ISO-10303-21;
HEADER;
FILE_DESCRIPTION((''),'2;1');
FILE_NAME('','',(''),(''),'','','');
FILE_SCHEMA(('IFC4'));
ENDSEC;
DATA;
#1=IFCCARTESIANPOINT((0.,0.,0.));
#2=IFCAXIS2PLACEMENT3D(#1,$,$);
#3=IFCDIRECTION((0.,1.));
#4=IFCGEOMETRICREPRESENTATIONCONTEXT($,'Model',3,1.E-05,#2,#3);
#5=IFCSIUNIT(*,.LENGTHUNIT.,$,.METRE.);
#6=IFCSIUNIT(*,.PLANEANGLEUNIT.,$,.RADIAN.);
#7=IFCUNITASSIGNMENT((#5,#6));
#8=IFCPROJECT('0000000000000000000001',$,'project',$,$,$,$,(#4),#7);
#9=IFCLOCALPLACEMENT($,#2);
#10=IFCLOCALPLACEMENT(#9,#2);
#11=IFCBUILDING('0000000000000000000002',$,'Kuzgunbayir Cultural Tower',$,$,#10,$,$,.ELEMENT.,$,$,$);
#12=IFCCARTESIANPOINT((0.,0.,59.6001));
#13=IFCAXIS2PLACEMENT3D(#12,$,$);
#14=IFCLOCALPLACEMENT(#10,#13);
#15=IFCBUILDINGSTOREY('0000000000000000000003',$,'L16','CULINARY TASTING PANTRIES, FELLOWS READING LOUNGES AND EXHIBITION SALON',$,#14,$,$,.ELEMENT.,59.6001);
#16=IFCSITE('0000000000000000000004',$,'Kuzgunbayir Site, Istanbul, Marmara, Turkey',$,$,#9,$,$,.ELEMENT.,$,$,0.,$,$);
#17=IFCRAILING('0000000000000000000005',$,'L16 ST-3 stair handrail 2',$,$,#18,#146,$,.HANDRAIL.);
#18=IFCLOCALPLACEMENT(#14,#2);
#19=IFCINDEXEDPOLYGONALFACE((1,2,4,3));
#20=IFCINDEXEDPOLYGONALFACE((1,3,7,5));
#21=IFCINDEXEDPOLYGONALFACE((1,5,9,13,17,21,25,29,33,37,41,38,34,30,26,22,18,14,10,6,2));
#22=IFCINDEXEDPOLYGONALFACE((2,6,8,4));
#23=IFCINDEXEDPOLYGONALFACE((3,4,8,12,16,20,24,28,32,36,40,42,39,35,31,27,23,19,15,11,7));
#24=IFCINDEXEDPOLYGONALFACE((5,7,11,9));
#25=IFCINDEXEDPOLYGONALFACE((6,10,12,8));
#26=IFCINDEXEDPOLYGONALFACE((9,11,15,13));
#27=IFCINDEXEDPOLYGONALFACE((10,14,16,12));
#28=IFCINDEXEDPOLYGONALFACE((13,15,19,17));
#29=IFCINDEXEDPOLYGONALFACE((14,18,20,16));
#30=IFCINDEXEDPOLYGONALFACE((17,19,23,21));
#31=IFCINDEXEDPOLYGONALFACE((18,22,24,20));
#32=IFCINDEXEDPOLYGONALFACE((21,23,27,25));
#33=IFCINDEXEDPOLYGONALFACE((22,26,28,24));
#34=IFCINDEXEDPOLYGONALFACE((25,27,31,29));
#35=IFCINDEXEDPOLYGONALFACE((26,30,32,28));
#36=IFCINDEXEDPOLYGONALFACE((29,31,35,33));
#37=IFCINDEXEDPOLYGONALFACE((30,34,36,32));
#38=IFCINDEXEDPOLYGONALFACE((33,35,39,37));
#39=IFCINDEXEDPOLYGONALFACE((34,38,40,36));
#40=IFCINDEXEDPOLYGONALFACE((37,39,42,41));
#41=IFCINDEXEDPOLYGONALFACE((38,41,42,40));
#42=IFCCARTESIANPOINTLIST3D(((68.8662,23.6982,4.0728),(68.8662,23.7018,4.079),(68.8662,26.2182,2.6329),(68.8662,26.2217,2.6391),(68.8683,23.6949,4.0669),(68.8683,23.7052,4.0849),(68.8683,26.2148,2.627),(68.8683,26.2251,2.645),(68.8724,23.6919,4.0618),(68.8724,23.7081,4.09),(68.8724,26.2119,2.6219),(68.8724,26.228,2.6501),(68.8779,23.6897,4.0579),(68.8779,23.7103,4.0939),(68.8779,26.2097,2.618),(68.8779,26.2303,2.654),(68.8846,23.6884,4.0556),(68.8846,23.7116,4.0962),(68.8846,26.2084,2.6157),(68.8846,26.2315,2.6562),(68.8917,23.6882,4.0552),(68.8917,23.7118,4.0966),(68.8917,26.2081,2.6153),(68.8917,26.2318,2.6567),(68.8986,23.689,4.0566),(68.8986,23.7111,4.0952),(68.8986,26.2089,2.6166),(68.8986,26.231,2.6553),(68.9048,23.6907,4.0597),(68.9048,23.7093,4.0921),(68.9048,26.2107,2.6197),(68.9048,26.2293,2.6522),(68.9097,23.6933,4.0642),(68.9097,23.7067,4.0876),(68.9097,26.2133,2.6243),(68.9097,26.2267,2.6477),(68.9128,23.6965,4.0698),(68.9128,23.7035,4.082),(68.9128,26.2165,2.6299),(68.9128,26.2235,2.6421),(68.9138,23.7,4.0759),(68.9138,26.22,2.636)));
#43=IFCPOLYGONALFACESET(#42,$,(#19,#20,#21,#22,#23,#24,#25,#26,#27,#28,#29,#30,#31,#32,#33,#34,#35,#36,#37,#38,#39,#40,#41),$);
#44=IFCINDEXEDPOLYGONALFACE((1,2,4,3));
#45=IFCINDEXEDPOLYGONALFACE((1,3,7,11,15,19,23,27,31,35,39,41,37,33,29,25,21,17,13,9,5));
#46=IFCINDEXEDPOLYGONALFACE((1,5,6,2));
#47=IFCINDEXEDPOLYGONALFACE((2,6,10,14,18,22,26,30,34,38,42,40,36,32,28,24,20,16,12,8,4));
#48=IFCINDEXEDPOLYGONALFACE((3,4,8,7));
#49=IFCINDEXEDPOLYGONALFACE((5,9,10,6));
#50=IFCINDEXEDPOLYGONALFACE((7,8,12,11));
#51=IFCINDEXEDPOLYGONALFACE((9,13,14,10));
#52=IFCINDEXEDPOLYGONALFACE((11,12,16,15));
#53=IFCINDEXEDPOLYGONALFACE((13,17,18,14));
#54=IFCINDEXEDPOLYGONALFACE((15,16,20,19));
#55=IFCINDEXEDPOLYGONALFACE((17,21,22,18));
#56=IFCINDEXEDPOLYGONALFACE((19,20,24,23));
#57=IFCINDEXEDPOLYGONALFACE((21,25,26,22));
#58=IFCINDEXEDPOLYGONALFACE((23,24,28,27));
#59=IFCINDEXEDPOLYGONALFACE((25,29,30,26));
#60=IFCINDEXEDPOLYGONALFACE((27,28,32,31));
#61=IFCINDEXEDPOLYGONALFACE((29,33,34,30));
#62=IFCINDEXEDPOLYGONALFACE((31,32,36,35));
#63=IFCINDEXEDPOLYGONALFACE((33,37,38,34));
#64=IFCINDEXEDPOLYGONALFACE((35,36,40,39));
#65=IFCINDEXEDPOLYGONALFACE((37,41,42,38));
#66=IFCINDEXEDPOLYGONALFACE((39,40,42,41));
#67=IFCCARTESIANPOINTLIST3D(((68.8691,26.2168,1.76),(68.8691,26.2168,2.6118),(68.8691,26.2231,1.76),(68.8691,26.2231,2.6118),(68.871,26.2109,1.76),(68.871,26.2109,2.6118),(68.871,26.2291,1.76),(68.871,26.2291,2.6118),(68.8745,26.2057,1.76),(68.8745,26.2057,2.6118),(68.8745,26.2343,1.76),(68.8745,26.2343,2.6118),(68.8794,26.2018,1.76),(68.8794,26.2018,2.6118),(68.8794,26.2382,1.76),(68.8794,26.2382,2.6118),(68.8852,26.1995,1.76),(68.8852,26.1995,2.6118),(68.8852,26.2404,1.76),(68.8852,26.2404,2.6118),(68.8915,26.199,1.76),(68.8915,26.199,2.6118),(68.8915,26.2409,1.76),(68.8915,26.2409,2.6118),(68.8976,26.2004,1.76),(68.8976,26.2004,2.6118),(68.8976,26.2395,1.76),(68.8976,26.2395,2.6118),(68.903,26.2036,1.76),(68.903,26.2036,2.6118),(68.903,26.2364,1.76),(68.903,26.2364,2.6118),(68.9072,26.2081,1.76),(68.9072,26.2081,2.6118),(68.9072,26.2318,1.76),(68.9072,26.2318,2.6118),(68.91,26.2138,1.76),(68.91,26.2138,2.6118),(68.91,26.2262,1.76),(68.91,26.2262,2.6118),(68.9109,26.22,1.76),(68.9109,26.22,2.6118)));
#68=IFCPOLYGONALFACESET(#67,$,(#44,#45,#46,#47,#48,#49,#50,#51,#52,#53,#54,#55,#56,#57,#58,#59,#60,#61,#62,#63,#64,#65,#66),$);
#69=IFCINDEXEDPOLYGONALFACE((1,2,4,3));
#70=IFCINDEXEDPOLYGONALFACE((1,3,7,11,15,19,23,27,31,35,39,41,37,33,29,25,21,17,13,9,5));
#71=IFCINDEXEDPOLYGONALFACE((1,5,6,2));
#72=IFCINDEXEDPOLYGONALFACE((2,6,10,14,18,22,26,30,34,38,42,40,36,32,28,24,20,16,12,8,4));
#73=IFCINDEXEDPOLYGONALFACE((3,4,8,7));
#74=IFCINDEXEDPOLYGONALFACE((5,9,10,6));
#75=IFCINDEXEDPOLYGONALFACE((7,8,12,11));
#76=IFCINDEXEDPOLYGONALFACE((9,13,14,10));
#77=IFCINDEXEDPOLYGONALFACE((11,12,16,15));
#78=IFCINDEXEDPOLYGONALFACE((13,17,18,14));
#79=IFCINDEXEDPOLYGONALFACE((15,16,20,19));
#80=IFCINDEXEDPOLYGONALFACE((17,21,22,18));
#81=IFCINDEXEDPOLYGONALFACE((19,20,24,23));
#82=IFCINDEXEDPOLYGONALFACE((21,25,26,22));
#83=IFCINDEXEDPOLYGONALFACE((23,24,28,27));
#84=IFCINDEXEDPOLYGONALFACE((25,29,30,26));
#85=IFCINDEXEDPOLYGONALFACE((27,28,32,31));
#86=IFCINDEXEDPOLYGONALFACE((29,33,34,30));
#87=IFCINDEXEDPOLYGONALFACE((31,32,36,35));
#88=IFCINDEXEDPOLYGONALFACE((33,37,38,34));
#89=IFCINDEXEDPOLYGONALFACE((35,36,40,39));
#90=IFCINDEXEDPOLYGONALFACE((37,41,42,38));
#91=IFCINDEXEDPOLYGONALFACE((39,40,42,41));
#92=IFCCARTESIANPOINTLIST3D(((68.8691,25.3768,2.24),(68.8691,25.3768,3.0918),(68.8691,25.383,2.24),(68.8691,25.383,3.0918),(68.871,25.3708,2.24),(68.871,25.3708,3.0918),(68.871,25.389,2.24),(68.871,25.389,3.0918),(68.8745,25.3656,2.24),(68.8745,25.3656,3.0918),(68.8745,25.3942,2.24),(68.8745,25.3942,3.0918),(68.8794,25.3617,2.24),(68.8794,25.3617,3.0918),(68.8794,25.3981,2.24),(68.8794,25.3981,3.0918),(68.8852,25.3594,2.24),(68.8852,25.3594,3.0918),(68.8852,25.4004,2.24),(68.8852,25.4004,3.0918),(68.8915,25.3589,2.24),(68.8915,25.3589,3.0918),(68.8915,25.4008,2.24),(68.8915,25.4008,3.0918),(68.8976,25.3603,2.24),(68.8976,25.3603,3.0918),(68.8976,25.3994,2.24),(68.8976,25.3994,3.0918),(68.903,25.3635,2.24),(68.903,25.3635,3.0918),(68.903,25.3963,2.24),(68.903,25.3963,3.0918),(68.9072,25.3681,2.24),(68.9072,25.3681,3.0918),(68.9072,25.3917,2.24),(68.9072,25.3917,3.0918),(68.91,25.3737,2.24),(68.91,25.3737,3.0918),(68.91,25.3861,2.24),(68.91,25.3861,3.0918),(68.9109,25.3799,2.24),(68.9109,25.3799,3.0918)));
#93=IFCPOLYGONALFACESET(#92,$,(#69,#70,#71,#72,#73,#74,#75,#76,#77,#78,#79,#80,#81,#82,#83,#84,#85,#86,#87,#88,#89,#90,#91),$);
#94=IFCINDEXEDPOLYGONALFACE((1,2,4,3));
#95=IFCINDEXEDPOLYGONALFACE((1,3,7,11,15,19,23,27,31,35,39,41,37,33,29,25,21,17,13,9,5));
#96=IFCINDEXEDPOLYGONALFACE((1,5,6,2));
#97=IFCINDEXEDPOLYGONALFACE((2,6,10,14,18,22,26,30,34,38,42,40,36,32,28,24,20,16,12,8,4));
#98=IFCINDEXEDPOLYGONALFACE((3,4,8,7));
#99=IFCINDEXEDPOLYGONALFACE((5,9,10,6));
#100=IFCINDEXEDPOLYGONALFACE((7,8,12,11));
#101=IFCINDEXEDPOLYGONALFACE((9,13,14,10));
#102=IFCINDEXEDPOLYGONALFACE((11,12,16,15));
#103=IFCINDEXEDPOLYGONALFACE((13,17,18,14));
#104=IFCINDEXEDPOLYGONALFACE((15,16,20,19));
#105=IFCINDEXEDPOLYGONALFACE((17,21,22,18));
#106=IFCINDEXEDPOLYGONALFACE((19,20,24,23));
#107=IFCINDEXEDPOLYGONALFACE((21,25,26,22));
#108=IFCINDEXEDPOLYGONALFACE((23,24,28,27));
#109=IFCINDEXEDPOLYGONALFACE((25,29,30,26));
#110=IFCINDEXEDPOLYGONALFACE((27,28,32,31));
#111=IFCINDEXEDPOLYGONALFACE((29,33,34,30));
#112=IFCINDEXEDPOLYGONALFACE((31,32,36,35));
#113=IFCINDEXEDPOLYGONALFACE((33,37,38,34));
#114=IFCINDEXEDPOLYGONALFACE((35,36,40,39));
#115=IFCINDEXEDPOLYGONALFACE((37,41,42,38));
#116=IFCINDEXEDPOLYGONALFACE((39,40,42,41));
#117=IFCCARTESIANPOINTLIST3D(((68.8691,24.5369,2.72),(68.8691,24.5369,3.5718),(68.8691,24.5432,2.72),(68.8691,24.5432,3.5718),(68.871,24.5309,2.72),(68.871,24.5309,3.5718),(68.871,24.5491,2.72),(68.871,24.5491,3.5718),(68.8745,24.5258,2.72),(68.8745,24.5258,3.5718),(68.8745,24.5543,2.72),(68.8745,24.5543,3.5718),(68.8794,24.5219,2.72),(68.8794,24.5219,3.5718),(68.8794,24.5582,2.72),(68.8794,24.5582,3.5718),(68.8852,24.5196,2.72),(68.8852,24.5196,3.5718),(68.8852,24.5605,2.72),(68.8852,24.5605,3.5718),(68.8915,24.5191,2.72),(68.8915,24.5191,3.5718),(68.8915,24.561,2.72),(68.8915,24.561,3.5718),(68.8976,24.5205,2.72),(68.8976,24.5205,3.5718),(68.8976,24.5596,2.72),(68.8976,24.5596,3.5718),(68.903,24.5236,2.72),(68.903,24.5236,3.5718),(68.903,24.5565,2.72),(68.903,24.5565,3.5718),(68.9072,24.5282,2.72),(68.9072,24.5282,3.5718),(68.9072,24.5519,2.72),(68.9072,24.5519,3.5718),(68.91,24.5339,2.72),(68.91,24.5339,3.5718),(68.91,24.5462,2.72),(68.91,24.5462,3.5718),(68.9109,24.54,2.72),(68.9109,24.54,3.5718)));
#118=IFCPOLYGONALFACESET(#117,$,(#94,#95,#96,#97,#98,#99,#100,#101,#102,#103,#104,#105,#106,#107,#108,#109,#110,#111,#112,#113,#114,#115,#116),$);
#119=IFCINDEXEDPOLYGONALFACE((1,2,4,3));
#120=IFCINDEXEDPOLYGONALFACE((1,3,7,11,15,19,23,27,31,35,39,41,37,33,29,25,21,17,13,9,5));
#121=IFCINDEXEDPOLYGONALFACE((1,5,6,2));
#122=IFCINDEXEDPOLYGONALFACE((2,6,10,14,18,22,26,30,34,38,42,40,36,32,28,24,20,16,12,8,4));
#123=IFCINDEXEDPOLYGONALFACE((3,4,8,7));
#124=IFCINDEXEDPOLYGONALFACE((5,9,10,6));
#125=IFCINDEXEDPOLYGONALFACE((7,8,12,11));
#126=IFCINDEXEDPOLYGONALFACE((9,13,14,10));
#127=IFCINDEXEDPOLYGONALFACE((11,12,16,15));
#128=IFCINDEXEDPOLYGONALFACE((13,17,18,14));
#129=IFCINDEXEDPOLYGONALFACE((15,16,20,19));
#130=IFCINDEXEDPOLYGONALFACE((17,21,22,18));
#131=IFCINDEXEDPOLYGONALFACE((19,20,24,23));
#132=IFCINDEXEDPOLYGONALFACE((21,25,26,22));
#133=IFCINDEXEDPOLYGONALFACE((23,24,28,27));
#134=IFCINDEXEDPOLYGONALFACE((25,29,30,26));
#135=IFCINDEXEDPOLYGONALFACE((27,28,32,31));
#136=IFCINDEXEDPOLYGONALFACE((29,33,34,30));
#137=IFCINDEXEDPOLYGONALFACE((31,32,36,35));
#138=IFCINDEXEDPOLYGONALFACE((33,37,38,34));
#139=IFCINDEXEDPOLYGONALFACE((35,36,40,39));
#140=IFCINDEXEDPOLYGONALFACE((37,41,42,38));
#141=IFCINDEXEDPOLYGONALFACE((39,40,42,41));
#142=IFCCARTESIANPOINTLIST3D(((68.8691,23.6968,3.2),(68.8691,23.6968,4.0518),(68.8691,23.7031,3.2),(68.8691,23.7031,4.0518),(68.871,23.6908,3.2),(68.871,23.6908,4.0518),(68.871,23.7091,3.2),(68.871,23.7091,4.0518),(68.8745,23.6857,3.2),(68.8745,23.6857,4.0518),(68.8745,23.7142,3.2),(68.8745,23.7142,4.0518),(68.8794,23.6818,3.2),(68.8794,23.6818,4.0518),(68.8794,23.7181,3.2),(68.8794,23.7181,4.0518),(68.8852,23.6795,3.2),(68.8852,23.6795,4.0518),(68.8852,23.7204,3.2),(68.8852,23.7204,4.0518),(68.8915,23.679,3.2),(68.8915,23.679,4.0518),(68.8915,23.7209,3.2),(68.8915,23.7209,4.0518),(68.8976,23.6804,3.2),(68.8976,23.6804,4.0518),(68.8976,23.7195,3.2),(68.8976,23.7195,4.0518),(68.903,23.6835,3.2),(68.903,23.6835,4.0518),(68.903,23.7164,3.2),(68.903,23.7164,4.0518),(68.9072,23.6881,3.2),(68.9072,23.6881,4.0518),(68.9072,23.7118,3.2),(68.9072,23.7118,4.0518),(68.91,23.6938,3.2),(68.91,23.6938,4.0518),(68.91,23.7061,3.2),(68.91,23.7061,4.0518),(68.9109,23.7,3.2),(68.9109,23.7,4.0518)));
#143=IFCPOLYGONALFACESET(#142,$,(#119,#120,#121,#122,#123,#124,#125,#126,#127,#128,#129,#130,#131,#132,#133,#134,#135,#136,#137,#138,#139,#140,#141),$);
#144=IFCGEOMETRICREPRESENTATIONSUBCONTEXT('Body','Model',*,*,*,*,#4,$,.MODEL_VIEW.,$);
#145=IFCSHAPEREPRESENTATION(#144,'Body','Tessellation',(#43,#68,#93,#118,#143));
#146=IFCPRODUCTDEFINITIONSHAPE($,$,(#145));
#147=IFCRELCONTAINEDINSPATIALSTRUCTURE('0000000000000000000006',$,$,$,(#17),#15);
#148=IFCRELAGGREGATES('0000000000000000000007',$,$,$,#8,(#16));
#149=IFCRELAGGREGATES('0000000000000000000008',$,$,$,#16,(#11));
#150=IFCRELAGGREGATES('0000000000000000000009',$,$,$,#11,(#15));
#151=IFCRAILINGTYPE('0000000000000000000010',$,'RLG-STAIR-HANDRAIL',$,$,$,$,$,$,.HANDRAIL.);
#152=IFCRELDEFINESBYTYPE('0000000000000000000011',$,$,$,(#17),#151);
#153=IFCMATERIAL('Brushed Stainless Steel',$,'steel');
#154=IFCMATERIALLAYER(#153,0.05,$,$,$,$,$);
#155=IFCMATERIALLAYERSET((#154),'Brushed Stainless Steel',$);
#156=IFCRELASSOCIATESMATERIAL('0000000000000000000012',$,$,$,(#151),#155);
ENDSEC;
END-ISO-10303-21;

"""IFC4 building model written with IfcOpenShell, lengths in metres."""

from ifc_helpers import new_model, si_unit, direction, frame, origin, origin_2d, place, context, subcontext, project, spatial, circle, extrude, material, layer, layer_set, type_object, element, save


model = new_model("IFC4")

# Units and contexts
model_context = context("Model", 3, precision=1e-05, world=origin(), true_north=direction((0.0, 1.0)))
body_context = subcontext(model_context, "Body", "Model", "MODEL_VIEW")
ifc_project = project(units=[si_unit("LENGTHUNIT", "METRE"), si_unit("PLANEANGLEUNIT", "RADIAN")], contexts=[model_context])

# Site, building, storey
site_placement = place(None, origin())
site = spatial("IfcSite", under=ifc_project, at=site_placement, Name="Kuzgunbayir Site, Istanbul, Marmara, Turkey", CompositionType="ELEMENT", RefElevation=0.0)
building_placement = place(site_placement, origin())
building = spatial("IfcBuilding", under=site, at=building_placement, Name="Kuzgunbayir Cultural Tower", CompositionType="ELEMENT")
storey_placement = place(building_placement, frame((0.0, 0.0, 59.6001)))
storey = spatial("IfcBuildingStorey", under=building, at=storey_placement, Name="L16", Description="CULINARY TASTING PANTRIES, FELLOWS READING LOUNGES AND EXHIBITION SALON", CompositionType="ELEMENT", Elevation=59.6001)

# Railing
ifc_material_1 = material(Name="Brushed Stainless Steel", Category="steel")
ifc_layer_1 = layer(ifc_material_1, 0.05)
ifc_layer_set_1 = layer_set([ifc_layer_1], Name="Brushed Stainless Steel")
railing_type_1 = type_object("IfcRailingType", Name="RLG-STAIR-HANDRAIL", PredefinedType="HANDRAIL", material=ifc_layer_set_1)
railing_1_placement = place(storey_placement, frame((68.8899, 26.22, 1.76)))
element("IfcRailing", 1, at=railing_1_placement, inside=storey, type_object=railing_type_1, Name="L16 ST-3 stair handrail 2", PredefinedType="HANDRAIL", context=body_context, shape_type="SweptSolid", body=[
    extrude(circle(Radius=0.0239, at=origin_2d()), frame((0.0, 0.0, 0.876), z_axis=(0.0, -0.868253, 0.496121), x_axis=(1.0, 0.0, 0.0)), (0.0, 0.0, 1.0), 2.9023),
    extrude(circle(Radius=0.021, at=origin_2d()), origin(), (0.0, 0.0, 1.0), 0.8518),
    extrude(circle(Radius=0.021, at=origin_2d()), frame((0.0, -0.8401, 0.48)), (0.0, 0.0, 1.0), 0.8518),
    extrude(circle(Radius=0.021, at=origin_2d()), frame((0.0, -1.6799, 0.96)), (0.0, 0.0, 1.0), 0.8518),
    extrude(circle(Radius=0.021, at=origin_2d()), frame((0.0, -2.52, 1.4399)), (0.0, 0.0, 1.0), 0.8518),
])

save(model, "model.ifc")
